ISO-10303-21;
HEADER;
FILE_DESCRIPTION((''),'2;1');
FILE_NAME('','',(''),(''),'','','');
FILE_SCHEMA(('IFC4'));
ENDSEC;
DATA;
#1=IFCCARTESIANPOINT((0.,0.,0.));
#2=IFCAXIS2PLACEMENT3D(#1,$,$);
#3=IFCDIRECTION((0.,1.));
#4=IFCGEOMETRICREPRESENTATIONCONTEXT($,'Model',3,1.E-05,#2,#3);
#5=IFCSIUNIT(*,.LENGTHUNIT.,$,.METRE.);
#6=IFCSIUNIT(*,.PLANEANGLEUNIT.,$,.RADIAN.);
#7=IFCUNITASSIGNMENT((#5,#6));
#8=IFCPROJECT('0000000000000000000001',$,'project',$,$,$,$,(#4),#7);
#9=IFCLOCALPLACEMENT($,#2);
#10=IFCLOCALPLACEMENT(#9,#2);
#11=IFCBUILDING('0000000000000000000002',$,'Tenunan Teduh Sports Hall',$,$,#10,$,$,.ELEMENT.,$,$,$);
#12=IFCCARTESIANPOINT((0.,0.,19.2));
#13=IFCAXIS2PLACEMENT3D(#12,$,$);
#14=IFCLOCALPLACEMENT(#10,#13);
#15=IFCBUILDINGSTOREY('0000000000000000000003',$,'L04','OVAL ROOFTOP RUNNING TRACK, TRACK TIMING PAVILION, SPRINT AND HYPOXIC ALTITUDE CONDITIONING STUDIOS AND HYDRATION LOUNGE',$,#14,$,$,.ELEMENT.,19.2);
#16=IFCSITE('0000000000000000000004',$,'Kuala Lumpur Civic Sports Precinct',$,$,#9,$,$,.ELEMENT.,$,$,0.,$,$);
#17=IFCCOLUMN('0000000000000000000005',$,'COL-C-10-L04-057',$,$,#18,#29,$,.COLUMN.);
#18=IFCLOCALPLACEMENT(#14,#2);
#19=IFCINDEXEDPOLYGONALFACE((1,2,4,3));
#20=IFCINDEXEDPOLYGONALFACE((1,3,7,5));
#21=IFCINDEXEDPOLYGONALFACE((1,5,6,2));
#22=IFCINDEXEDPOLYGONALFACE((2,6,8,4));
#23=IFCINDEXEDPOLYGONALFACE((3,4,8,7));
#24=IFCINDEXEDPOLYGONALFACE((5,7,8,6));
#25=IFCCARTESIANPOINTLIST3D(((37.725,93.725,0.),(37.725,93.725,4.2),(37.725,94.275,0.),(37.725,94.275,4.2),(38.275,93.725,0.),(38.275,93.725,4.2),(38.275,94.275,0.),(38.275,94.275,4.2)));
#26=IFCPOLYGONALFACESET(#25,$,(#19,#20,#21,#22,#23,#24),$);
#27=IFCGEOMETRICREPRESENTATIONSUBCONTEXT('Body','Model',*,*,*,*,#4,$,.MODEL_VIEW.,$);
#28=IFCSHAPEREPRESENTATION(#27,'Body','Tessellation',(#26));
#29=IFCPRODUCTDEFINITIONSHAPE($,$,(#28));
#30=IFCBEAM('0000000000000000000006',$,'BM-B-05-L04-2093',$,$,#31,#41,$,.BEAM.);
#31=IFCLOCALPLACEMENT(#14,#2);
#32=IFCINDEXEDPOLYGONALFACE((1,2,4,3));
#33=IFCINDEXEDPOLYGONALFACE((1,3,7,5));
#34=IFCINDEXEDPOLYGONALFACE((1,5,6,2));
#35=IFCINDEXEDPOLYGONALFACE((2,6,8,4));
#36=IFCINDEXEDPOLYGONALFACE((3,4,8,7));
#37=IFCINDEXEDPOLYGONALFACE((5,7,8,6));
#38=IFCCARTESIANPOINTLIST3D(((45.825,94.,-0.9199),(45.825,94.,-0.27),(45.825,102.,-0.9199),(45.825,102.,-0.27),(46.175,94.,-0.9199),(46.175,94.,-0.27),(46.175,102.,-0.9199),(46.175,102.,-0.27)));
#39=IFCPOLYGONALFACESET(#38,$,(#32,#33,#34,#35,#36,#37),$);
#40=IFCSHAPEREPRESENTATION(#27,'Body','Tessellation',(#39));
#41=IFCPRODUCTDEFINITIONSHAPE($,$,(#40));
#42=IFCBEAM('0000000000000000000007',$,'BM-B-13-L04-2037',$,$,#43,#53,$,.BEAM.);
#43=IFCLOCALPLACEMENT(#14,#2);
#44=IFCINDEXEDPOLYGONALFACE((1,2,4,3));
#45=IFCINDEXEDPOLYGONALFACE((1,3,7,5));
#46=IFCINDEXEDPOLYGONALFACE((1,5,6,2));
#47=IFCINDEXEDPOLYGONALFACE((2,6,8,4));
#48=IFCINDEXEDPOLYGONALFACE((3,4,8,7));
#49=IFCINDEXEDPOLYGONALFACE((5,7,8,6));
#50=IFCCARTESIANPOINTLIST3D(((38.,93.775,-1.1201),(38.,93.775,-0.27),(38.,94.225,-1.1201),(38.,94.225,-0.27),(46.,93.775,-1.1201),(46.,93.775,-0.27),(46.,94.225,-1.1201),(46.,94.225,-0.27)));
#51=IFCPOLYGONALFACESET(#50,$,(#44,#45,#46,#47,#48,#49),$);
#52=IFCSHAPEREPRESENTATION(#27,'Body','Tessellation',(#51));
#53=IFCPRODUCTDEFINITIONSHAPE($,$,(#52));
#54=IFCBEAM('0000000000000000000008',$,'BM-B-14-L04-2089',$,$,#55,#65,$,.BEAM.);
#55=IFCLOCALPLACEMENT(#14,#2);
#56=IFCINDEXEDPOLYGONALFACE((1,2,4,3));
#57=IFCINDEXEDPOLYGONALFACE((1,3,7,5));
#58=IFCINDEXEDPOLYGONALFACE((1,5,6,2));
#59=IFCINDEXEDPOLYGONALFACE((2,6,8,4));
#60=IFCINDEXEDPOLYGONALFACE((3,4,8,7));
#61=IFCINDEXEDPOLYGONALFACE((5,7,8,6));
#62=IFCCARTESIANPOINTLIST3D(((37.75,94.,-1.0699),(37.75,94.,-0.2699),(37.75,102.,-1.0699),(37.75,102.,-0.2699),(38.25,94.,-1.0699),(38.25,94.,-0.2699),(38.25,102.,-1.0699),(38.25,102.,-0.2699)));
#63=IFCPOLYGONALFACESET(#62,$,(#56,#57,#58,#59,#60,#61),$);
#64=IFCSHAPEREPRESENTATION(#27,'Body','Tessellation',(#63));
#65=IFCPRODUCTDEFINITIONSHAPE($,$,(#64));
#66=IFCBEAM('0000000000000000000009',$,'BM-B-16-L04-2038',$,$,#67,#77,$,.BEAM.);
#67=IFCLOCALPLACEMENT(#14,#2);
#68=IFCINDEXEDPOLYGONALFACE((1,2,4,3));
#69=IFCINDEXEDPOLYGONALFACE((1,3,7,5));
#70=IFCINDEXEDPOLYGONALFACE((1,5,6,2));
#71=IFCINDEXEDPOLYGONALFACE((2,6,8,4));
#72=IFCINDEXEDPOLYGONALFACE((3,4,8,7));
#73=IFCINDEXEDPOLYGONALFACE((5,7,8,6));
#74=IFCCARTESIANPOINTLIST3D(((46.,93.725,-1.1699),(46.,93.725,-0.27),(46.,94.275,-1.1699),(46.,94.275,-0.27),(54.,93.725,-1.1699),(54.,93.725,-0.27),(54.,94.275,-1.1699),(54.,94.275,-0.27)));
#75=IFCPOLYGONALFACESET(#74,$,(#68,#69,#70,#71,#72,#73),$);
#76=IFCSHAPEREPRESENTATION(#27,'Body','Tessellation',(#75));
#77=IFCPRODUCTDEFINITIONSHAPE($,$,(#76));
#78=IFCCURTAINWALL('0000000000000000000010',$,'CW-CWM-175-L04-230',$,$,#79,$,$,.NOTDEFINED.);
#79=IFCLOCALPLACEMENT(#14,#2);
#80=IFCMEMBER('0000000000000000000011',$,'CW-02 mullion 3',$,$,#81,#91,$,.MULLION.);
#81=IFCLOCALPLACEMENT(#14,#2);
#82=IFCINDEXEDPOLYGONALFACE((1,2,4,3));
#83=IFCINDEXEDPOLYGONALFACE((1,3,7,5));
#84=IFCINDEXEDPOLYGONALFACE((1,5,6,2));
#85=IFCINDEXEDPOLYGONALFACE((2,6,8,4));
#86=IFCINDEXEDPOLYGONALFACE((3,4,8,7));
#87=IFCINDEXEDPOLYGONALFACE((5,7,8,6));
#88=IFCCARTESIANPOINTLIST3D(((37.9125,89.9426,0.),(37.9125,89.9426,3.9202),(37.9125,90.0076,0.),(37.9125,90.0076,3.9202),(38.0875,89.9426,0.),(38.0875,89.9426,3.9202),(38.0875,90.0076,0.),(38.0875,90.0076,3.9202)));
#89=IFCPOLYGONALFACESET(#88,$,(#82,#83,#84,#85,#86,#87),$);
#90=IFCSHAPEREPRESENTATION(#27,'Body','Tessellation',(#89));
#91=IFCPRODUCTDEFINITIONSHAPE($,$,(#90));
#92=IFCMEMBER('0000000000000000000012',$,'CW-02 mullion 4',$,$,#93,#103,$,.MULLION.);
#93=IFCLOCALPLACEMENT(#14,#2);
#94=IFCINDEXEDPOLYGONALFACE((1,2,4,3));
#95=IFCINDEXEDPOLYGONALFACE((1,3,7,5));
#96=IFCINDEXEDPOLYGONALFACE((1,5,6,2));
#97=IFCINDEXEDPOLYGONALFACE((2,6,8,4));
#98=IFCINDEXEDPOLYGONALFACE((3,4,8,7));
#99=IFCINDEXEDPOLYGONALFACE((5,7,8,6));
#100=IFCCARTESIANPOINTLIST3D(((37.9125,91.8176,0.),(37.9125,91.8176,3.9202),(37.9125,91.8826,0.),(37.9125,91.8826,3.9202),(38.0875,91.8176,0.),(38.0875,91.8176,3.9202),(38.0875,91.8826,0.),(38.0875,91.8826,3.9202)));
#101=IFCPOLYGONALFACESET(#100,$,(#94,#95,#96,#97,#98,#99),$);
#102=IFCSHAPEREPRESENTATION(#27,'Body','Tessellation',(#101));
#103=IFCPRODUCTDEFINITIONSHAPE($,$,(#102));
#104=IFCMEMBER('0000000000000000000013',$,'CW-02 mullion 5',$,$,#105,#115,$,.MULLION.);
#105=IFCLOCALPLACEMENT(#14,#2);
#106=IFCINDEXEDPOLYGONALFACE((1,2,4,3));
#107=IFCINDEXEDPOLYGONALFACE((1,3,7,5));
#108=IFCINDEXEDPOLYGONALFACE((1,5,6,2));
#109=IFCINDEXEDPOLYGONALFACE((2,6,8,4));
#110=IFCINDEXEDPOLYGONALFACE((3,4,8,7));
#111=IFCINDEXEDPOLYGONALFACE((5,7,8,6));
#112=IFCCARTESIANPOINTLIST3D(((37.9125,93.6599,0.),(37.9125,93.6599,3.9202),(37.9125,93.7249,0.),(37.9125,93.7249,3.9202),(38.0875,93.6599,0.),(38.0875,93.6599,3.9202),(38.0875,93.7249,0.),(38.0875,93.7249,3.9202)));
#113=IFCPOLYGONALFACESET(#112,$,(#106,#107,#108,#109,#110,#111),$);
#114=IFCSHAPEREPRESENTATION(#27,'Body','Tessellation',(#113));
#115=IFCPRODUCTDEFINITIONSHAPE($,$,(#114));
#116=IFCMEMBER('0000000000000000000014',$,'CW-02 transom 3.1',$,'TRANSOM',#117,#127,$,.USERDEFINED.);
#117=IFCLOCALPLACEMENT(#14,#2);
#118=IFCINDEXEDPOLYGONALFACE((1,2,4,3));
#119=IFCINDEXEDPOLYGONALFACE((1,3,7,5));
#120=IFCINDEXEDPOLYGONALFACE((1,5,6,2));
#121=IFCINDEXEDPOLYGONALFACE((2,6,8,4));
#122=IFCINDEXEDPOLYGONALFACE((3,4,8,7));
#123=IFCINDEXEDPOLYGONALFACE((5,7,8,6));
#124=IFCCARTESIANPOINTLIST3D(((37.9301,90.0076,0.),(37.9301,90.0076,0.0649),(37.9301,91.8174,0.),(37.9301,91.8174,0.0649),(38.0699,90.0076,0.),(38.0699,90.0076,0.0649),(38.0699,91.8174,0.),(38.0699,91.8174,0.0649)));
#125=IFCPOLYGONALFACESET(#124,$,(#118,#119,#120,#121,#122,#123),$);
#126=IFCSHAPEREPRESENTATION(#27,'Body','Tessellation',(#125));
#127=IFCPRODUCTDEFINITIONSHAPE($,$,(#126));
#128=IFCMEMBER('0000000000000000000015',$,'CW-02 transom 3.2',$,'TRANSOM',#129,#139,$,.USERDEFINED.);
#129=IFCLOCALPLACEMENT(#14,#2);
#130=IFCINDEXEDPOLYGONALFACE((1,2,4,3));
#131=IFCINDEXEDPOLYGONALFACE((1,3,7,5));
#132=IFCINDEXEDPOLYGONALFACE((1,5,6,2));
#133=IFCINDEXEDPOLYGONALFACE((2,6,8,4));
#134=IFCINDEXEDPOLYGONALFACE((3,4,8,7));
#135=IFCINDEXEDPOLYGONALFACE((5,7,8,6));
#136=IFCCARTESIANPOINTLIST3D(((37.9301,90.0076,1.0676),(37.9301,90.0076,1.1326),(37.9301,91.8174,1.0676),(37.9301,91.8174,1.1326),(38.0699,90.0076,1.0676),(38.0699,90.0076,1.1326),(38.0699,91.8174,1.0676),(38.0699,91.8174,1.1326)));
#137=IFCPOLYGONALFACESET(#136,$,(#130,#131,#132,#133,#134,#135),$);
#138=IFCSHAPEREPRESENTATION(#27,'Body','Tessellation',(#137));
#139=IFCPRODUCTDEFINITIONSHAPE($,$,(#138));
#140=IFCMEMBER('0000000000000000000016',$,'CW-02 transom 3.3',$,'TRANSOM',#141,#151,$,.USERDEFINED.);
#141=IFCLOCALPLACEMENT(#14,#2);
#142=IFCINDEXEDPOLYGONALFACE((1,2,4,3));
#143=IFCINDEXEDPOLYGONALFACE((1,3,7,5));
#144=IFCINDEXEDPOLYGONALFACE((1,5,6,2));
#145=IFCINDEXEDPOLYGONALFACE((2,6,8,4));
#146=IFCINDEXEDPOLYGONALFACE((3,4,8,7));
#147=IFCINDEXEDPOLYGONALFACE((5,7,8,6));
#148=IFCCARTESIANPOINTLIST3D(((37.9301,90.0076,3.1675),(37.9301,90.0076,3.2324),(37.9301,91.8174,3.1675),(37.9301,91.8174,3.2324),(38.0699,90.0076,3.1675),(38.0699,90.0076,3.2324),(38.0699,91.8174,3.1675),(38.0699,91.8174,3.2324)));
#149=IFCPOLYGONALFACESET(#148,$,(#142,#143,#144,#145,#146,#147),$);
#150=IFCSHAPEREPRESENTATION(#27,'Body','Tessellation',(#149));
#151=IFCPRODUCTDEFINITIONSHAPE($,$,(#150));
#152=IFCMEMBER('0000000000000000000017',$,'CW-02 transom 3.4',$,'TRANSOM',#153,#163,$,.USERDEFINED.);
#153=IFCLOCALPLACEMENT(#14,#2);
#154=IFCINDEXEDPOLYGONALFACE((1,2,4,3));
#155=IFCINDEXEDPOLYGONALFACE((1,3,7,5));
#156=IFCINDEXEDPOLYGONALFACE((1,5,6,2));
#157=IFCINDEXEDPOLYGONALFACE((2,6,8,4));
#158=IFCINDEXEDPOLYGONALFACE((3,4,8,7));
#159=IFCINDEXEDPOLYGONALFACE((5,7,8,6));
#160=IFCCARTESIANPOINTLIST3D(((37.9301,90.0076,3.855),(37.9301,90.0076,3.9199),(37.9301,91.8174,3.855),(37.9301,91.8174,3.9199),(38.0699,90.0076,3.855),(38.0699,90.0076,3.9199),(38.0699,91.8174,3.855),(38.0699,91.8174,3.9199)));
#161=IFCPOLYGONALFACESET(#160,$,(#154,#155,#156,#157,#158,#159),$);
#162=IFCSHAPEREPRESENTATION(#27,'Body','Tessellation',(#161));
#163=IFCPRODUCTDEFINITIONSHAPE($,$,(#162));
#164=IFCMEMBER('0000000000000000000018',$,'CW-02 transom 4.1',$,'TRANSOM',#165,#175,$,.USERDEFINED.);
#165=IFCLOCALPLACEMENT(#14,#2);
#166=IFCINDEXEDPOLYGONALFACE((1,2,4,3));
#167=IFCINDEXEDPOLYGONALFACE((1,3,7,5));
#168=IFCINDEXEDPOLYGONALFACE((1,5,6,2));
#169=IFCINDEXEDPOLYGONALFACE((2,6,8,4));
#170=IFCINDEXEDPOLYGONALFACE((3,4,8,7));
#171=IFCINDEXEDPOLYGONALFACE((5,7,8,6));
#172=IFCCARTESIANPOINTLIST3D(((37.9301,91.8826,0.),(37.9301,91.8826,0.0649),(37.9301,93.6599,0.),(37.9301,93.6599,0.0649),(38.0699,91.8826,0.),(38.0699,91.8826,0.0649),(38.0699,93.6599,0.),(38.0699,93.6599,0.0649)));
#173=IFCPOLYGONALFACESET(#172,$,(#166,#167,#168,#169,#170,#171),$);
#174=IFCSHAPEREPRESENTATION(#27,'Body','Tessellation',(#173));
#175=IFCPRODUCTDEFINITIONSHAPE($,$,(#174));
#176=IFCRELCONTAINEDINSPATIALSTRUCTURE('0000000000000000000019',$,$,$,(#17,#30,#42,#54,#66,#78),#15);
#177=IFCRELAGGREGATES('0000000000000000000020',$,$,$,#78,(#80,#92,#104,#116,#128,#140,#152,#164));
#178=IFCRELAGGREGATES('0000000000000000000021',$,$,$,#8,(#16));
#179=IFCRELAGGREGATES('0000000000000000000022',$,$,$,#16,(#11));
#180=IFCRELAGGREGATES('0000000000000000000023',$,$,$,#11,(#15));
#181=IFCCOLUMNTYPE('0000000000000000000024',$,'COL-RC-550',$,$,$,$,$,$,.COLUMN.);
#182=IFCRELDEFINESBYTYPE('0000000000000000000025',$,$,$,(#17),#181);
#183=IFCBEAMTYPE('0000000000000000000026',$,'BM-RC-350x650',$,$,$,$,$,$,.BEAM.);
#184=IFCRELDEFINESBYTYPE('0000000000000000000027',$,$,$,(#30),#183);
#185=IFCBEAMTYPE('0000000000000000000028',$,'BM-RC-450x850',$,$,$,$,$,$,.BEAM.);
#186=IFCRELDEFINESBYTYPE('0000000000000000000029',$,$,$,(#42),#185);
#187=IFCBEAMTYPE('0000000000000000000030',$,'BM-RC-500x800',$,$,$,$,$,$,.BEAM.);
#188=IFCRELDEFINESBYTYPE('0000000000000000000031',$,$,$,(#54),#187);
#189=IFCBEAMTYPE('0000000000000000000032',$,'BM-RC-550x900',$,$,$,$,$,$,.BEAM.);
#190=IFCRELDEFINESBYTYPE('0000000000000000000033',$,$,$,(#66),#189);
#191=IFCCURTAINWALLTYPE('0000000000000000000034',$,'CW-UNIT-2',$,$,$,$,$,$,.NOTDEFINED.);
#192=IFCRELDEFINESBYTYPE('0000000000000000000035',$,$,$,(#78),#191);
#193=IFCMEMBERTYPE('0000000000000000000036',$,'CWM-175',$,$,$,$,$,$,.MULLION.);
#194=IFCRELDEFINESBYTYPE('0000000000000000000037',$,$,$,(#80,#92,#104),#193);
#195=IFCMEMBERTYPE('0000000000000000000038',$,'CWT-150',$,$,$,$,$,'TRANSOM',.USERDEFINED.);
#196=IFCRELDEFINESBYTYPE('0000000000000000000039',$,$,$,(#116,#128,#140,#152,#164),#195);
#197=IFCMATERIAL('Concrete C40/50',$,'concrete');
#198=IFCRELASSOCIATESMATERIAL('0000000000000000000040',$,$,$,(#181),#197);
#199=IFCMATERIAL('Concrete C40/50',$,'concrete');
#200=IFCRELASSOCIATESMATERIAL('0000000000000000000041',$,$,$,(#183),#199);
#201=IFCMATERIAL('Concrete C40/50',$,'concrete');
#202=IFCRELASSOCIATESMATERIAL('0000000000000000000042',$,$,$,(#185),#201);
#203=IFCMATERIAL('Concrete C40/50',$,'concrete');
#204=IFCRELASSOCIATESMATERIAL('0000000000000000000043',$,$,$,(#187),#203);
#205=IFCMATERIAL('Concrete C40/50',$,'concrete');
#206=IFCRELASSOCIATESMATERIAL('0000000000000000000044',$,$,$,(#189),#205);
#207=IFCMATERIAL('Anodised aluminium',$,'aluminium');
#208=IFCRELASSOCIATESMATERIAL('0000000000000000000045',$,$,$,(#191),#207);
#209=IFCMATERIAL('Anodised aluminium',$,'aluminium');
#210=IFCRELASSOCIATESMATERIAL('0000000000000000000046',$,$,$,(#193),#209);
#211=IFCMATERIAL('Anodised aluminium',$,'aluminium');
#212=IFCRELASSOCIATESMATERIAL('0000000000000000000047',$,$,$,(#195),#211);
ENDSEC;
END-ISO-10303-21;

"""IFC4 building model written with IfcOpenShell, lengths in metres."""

from ifc_helpers import new_model, si_unit, direction, frame, origin, origin_2d, place, context, subcontext, project, spatial, rectangle, extrude, material, material_profile, profile_set, type_object, element, aggregate, save


model = new_model("IFC4")

# Units and contexts
model_context = context("Model", 3, precision=1e-05, world=origin(), true_north=direction((0.0, 1.0)))
body_context = subcontext(model_context, "Body", "Model", "MODEL_VIEW")
ifc_project = project(units=[si_unit("LENGTHUNIT", "METRE"), si_unit("PLANEANGLEUNIT", "RADIAN")], contexts=[model_context])

# Site, building, storey
site_placement = place(None, origin())
site = spatial("IfcSite", under=ifc_project, at=site_placement, Name="Kuala Lumpur Civic Sports Precinct", CompositionType="ELEMENT", RefElevation=0.0)
building_placement = place(site_placement, origin())
building = spatial("IfcBuilding", under=site, at=building_placement, Name="Tenunan Teduh Sports Hall", CompositionType="ELEMENT")
storey_placement = place(building_placement, frame((0.0, 0.0, 19.2)))
storey = spatial("IfcBuildingStorey", under=building, at=storey_placement, Name="L04", Description="OVAL ROOFTOP RUNNING TRACK, TRACK TIMING PAVILION, SPRINT AND HYPOXIC ALTITUDE CONDITIONING STUDIOS AND HYDRATION LOUNGE", CompositionType="ELEMENT", Elevation=19.2)

# Column
ifc_material_1 = material(Name="Concrete C40/50", Category="concrete")
ifc_material_profile_1 = material_profile(ifc_material_1, rectangle(XDim=0.55, YDim=0.55, at=origin_2d()), Name="RC 550x550")
ifc_profile_set_1 = profile_set([ifc_material_profile_1], Name="Concrete C40/50")
column_type = type_object("IfcColumnType", Name="COL-RC-550", PredefinedType="COLUMN", material=ifc_profile_set_1)
column_placement = place(storey_placement, frame((38.0, 94.0, 0.0), z_axis=(0.0, 0.0, 1.0), x_axis=(1.0, 0.0, 0.0)))
element("IfcColumn", 1, at=column_placement, inside=storey, type_object=column_type, Name="COL-C-10-L04-057", PredefinedType="COLUMN", context=body_context, shape_type="SweptSolid", body=[
    extrude(rectangle(XDim=0.55, YDim=0.55, at=origin_2d()), origin(), (0.0, 0.0, 1.0), 4.2),
])

# Beams
ifc_material_2 = material(Name="Concrete C40/50", Category="concrete")
ifc_material_profile_2 = material_profile(ifc_material_2, rectangle(XDim=0.3501, YDim=0.6499, at=origin_2d()), Name="RCB 350x650")
ifc_profile_set_2 = profile_set([ifc_material_profile_2], Name="Concrete C40/50")
beam_type_1 = type_object("IfcBeamType", Name="BM-RC-350x650", PredefinedType="BEAM", material=ifc_profile_set_2)
beam_1_placement = place(storey_placement, frame((46.0, 94.0, -0.595), z_axis=(0.0, 1.0, 0.0), x_axis=(-1.0, 0.0, 0.0)))
element("IfcBeam", 2, at=beam_1_placement, inside=storey, type_object=beam_type_1, Name="BM-B-05-L04-2093", PredefinedType="BEAM", context=body_context, shape_type="SweptSolid", body=[
    extrude(rectangle(XDim=0.3501, YDim=0.6499, at=origin_2d()), origin(), (0.0, 0.0, 1.0), 8.0),
])
ifc_material_3 = material(Name="Concrete C40/50", Category="concrete")
ifc_material_profile_3 = material_profile(ifc_material_3, rectangle(XDim=0.45, YDim=0.8501, at=origin_2d()), Name="RCB 450x850")
ifc_profile_set_3 = profile_set([ifc_material_profile_3], Name="Concrete C40/50")
beam_type_2 = type_object("IfcBeamType", Name="BM-RC-450x850", PredefinedType="BEAM", material=ifc_profile_set_3)
beam_2_placement = place(storey_placement, frame((38.0, 94.0, -0.6951), z_axis=(1.0, 0.0, 0.0), x_axis=(0.0, 1.0, 0.0)))
element("IfcBeam", 3, at=beam_2_placement, inside=storey, type_object=beam_type_2, Name="BM-B-13-L04-2037", PredefinedType="BEAM", context=body_context, shape_type="SweptSolid", body=[
    extrude(rectangle(XDim=0.45, YDim=0.8501, at=origin_2d()), origin(), (0.0, 0.0, 1.0), 8.0),
])
ifc_material_4 = material(Name="Concrete C40/50", Category="concrete")
ifc_material_profile_4 = material_profile(ifc_material_4, rectangle(XDim=0.5, YDim=0.8, at=origin_2d()), Name="RCB 500x800")
ifc_profile_set_4 = profile_set([ifc_material_profile_4], Name="Concrete C40/50")
beam_type_3 = type_object("IfcBeamType", Name="BM-RC-500x800", PredefinedType="BEAM", material=ifc_profile_set_4)
beam_3_placement = place(storey_placement, frame((38.0, 94.0, -0.6699), z_axis=(0.0, 1.0, 0.0), x_axis=(-1.0, 0.0, 0.0)))
element("IfcBeam", 4, at=beam_3_placement, inside=storey, type_object=beam_type_3, Name="BM-B-14-L04-2089", PredefinedType="BEAM", context=body_context, shape_type="SweptSolid", body=[
    extrude(rectangle(XDim=0.5, YDim=0.8, at=origin_2d()), origin(), (0.0, 0.0, 1.0), 8.0),
])
ifc_material_5 = material(Name="Concrete C40/50", Category="concrete")
ifc_material_profile_5 = material_profile(ifc_material_5, rectangle(XDim=0.55, YDim=0.8999, at=origin_2d()), Name="RCB 550x900")
ifc_profile_set_5 = profile_set([ifc_material_profile_5], Name="Concrete C40/50")
beam_type_4 = type_object("IfcBeamType", Name="BM-RC-550x900", PredefinedType="BEAM", material=ifc_profile_set_5)
beam_4_placement = place(storey_placement, frame((46.0, 94.0, -0.72), z_axis=(1.0, 0.0, 0.0), x_axis=(0.0, 1.0, 0.0)))
element("IfcBeam", 5, at=beam_4_placement, inside=storey, type_object=beam_type_4, Name="BM-B-16-L04-2038", PredefinedType="BEAM", context=body_context, shape_type="SweptSolid", body=[
    extrude(rectangle(XDim=0.55, YDim=0.8999, at=origin_2d()), origin(), (0.0, 0.0, 1.0), 8.0),
])

# Curtain wall, members
ifc_material_6 = material(Name="Anodised aluminium", Category="aluminium")
curtain_wall_type = type_object("IfcCurtainWallType", Name="CW-UNIT-2", PredefinedType="NOTDEFINED", material=ifc_material_6)
curtain_wall_placement = place(storey_placement, origin())
curtain_wall = element("IfcCurtainWall", 6, at=curtain_wall_placement, inside=storey, type_object=curtain_wall_type, Name="CW-CWM-175-L04-230", PredefinedType="NOTDEFINED")
ifc_material_7 = material(Name="Anodised aluminium", Category="aluminium")
ifc_material_profile_6 = material_profile(ifc_material_7, rectangle(XDim=0.0649, YDim=0.175, at=origin_2d()), Name="CWM 65x175")
ifc_profile_set_6 = profile_set([ifc_material_profile_6], Name="Anodised aluminium")
member_type_1 = type_object("IfcMemberType", Name="CWM-175", PredefinedType="MULLION", material=ifc_profile_set_6)
member_1_placement = place(storey_placement, frame((38.0, 89.9751, 0.0), z_axis=(0.0, 0.0, 1.0), x_axis=(0.0, 1.0, 0.0)))
member_1 = element("IfcMember", 7, at=member_1_placement, type_object=member_type_1, Name="CW-02 mullion 3", PredefinedType="MULLION", context=body_context, shape_type="SweptSolid", body=[
    extrude(rectangle(XDim=0.0649, YDim=0.175, at=origin_2d()), origin(), (0.0, 0.0, 1.0), 3.9202),
])
member_2_placement = place(storey_placement, frame((38.0, 91.8501, 0.0), z_axis=(0.0, 0.0, 1.0), x_axis=(0.0, 1.0, 0.0)))
member_2 = element("IfcMember", 8, at=member_2_placement, type_object=member_type_1, Name="CW-02 mullion 4", PredefinedType="MULLION", context=body_context, shape_type="SweptSolid", body=[
    extrude(rectangle(XDim=0.0649, YDim=0.175, at=origin_2d()), origin(), (0.0, 0.0, 1.0), 3.9202),
])
member_3_placement = place(storey_placement, frame((38.0, 93.6924, 0.0), z_axis=(0.0, 0.0, 1.0), x_axis=(0.0, 1.0, 0.0)))
member_3 = element("IfcMember", 9, at=member_3_placement, type_object=member_type_1, Name="CW-02 mullion 5", PredefinedType="MULLION", context=body_context, shape_type="SweptSolid", body=[
    extrude(rectangle(XDim=0.0649, YDim=0.175, at=origin_2d()), origin(), (0.0, 0.0, 1.0), 3.9202),
])
ifc_material_8 = material(Name="Anodised aluminium", Category="aluminium")
ifc_material_profile_7 = material_profile(ifc_material_8, rectangle(XDim=0.0649, YDim=0.1399, at=origin_2d()), Name="CWT 65x140")
ifc_profile_set_7 = profile_set([ifc_material_profile_7], Name="Anodised aluminium")
member_type_2 = type_object("IfcMemberType", Name="CWT-150", ElementType="TRANSOM", PredefinedType="USERDEFINED", material=ifc_profile_set_7)
member_4_placement = place(storey_placement, frame((38.0, 90.0076, 0.0325), z_axis=(0.0, 1.0, 0.0), x_axis=(0.0, 0.0, 1.0)))
member_4 = element("IfcMember", 10, at=member_4_placement, type_object=member_type_2, Name="CW-02 transom 3.1", ObjectType="TRANSOM", PredefinedType="USERDEFINED", context=body_context, shape_type="SweptSolid", body=[
    extrude(rectangle(XDim=0.0649, YDim=0.1399, at=origin_2d()), origin(), (0.0, 0.0, 1.0), 1.8098),
])
member_5_placement = place(storey_placement, frame((38.0, 90.0076, 1.1001), z_axis=(0.0, 1.0, 0.0), x_axis=(0.0, 0.0, 1.0)))
member_5 = element("IfcMember", 11, at=member_5_placement, type_object=member_type_2, Name="CW-02 transom 3.2", ObjectType="TRANSOM", PredefinedType="USERDEFINED", context=body_context, shape_type="SweptSolid", body=[
    extrude(rectangle(XDim=0.0649, YDim=0.1399, at=origin_2d()), origin(), (0.0, 0.0, 1.0), 1.8098),
])
member_6_placement = place(storey_placement, frame((38.0, 90.0076, 3.2), z_axis=(0.0, 1.0, 0.0), x_axis=(0.0, 0.0, 1.0)))
member_6 = element("IfcMember", 12, at=member_6_placement, type_object=member_type_2, Name="CW-02 transom 3.3", ObjectType="TRANSOM", PredefinedType="USERDEFINED", context=body_context, shape_type="SweptSolid", body=[
    extrude(rectangle(XDim=0.0649, YDim=0.1399, at=origin_2d()), origin(), (0.0, 0.0, 1.0), 1.8098),
])
member_7_placement = place(storey_placement, frame((38.0, 90.0076, 3.8875), z_axis=(0.0, 1.0, 0.0), x_axis=(0.0, 0.0, 1.0)))
member_7 = element("IfcMember", 13, at=member_7_placement, type_object=member_type_2, Name="CW-02 transom 3.4", ObjectType="TRANSOM", PredefinedType="USERDEFINED", context=body_context, shape_type="SweptSolid", body=[
    extrude(rectangle(XDim=0.0649, YDim=0.1399, at=origin_2d()), origin(), (0.0, 0.0, 1.0), 1.8098),
])
member_8_placement = place(storey_placement, frame((38.0, 91.8826, 0.0325), z_axis=(0.0, 1.0, 0.0), x_axis=(0.0, 0.0, 1.0)))
member_8 = element("IfcMember", 14, at=member_8_placement, type_object=member_type_2, Name="CW-02 transom 4.1", ObjectType="TRANSOM", PredefinedType="USERDEFINED", context=body_context, shape_type="SweptSolid", body=[
    extrude(rectangle(XDim=0.0649, YDim=0.1399, at=origin_2d()), origin(), (0.0, 0.0, 1.0), 1.7773),
])

aggregate(curtain_wall, [member_1, member_2, member_3, member_4, member_5, member_6, member_7, member_8])

save(model, "model.ifc")
